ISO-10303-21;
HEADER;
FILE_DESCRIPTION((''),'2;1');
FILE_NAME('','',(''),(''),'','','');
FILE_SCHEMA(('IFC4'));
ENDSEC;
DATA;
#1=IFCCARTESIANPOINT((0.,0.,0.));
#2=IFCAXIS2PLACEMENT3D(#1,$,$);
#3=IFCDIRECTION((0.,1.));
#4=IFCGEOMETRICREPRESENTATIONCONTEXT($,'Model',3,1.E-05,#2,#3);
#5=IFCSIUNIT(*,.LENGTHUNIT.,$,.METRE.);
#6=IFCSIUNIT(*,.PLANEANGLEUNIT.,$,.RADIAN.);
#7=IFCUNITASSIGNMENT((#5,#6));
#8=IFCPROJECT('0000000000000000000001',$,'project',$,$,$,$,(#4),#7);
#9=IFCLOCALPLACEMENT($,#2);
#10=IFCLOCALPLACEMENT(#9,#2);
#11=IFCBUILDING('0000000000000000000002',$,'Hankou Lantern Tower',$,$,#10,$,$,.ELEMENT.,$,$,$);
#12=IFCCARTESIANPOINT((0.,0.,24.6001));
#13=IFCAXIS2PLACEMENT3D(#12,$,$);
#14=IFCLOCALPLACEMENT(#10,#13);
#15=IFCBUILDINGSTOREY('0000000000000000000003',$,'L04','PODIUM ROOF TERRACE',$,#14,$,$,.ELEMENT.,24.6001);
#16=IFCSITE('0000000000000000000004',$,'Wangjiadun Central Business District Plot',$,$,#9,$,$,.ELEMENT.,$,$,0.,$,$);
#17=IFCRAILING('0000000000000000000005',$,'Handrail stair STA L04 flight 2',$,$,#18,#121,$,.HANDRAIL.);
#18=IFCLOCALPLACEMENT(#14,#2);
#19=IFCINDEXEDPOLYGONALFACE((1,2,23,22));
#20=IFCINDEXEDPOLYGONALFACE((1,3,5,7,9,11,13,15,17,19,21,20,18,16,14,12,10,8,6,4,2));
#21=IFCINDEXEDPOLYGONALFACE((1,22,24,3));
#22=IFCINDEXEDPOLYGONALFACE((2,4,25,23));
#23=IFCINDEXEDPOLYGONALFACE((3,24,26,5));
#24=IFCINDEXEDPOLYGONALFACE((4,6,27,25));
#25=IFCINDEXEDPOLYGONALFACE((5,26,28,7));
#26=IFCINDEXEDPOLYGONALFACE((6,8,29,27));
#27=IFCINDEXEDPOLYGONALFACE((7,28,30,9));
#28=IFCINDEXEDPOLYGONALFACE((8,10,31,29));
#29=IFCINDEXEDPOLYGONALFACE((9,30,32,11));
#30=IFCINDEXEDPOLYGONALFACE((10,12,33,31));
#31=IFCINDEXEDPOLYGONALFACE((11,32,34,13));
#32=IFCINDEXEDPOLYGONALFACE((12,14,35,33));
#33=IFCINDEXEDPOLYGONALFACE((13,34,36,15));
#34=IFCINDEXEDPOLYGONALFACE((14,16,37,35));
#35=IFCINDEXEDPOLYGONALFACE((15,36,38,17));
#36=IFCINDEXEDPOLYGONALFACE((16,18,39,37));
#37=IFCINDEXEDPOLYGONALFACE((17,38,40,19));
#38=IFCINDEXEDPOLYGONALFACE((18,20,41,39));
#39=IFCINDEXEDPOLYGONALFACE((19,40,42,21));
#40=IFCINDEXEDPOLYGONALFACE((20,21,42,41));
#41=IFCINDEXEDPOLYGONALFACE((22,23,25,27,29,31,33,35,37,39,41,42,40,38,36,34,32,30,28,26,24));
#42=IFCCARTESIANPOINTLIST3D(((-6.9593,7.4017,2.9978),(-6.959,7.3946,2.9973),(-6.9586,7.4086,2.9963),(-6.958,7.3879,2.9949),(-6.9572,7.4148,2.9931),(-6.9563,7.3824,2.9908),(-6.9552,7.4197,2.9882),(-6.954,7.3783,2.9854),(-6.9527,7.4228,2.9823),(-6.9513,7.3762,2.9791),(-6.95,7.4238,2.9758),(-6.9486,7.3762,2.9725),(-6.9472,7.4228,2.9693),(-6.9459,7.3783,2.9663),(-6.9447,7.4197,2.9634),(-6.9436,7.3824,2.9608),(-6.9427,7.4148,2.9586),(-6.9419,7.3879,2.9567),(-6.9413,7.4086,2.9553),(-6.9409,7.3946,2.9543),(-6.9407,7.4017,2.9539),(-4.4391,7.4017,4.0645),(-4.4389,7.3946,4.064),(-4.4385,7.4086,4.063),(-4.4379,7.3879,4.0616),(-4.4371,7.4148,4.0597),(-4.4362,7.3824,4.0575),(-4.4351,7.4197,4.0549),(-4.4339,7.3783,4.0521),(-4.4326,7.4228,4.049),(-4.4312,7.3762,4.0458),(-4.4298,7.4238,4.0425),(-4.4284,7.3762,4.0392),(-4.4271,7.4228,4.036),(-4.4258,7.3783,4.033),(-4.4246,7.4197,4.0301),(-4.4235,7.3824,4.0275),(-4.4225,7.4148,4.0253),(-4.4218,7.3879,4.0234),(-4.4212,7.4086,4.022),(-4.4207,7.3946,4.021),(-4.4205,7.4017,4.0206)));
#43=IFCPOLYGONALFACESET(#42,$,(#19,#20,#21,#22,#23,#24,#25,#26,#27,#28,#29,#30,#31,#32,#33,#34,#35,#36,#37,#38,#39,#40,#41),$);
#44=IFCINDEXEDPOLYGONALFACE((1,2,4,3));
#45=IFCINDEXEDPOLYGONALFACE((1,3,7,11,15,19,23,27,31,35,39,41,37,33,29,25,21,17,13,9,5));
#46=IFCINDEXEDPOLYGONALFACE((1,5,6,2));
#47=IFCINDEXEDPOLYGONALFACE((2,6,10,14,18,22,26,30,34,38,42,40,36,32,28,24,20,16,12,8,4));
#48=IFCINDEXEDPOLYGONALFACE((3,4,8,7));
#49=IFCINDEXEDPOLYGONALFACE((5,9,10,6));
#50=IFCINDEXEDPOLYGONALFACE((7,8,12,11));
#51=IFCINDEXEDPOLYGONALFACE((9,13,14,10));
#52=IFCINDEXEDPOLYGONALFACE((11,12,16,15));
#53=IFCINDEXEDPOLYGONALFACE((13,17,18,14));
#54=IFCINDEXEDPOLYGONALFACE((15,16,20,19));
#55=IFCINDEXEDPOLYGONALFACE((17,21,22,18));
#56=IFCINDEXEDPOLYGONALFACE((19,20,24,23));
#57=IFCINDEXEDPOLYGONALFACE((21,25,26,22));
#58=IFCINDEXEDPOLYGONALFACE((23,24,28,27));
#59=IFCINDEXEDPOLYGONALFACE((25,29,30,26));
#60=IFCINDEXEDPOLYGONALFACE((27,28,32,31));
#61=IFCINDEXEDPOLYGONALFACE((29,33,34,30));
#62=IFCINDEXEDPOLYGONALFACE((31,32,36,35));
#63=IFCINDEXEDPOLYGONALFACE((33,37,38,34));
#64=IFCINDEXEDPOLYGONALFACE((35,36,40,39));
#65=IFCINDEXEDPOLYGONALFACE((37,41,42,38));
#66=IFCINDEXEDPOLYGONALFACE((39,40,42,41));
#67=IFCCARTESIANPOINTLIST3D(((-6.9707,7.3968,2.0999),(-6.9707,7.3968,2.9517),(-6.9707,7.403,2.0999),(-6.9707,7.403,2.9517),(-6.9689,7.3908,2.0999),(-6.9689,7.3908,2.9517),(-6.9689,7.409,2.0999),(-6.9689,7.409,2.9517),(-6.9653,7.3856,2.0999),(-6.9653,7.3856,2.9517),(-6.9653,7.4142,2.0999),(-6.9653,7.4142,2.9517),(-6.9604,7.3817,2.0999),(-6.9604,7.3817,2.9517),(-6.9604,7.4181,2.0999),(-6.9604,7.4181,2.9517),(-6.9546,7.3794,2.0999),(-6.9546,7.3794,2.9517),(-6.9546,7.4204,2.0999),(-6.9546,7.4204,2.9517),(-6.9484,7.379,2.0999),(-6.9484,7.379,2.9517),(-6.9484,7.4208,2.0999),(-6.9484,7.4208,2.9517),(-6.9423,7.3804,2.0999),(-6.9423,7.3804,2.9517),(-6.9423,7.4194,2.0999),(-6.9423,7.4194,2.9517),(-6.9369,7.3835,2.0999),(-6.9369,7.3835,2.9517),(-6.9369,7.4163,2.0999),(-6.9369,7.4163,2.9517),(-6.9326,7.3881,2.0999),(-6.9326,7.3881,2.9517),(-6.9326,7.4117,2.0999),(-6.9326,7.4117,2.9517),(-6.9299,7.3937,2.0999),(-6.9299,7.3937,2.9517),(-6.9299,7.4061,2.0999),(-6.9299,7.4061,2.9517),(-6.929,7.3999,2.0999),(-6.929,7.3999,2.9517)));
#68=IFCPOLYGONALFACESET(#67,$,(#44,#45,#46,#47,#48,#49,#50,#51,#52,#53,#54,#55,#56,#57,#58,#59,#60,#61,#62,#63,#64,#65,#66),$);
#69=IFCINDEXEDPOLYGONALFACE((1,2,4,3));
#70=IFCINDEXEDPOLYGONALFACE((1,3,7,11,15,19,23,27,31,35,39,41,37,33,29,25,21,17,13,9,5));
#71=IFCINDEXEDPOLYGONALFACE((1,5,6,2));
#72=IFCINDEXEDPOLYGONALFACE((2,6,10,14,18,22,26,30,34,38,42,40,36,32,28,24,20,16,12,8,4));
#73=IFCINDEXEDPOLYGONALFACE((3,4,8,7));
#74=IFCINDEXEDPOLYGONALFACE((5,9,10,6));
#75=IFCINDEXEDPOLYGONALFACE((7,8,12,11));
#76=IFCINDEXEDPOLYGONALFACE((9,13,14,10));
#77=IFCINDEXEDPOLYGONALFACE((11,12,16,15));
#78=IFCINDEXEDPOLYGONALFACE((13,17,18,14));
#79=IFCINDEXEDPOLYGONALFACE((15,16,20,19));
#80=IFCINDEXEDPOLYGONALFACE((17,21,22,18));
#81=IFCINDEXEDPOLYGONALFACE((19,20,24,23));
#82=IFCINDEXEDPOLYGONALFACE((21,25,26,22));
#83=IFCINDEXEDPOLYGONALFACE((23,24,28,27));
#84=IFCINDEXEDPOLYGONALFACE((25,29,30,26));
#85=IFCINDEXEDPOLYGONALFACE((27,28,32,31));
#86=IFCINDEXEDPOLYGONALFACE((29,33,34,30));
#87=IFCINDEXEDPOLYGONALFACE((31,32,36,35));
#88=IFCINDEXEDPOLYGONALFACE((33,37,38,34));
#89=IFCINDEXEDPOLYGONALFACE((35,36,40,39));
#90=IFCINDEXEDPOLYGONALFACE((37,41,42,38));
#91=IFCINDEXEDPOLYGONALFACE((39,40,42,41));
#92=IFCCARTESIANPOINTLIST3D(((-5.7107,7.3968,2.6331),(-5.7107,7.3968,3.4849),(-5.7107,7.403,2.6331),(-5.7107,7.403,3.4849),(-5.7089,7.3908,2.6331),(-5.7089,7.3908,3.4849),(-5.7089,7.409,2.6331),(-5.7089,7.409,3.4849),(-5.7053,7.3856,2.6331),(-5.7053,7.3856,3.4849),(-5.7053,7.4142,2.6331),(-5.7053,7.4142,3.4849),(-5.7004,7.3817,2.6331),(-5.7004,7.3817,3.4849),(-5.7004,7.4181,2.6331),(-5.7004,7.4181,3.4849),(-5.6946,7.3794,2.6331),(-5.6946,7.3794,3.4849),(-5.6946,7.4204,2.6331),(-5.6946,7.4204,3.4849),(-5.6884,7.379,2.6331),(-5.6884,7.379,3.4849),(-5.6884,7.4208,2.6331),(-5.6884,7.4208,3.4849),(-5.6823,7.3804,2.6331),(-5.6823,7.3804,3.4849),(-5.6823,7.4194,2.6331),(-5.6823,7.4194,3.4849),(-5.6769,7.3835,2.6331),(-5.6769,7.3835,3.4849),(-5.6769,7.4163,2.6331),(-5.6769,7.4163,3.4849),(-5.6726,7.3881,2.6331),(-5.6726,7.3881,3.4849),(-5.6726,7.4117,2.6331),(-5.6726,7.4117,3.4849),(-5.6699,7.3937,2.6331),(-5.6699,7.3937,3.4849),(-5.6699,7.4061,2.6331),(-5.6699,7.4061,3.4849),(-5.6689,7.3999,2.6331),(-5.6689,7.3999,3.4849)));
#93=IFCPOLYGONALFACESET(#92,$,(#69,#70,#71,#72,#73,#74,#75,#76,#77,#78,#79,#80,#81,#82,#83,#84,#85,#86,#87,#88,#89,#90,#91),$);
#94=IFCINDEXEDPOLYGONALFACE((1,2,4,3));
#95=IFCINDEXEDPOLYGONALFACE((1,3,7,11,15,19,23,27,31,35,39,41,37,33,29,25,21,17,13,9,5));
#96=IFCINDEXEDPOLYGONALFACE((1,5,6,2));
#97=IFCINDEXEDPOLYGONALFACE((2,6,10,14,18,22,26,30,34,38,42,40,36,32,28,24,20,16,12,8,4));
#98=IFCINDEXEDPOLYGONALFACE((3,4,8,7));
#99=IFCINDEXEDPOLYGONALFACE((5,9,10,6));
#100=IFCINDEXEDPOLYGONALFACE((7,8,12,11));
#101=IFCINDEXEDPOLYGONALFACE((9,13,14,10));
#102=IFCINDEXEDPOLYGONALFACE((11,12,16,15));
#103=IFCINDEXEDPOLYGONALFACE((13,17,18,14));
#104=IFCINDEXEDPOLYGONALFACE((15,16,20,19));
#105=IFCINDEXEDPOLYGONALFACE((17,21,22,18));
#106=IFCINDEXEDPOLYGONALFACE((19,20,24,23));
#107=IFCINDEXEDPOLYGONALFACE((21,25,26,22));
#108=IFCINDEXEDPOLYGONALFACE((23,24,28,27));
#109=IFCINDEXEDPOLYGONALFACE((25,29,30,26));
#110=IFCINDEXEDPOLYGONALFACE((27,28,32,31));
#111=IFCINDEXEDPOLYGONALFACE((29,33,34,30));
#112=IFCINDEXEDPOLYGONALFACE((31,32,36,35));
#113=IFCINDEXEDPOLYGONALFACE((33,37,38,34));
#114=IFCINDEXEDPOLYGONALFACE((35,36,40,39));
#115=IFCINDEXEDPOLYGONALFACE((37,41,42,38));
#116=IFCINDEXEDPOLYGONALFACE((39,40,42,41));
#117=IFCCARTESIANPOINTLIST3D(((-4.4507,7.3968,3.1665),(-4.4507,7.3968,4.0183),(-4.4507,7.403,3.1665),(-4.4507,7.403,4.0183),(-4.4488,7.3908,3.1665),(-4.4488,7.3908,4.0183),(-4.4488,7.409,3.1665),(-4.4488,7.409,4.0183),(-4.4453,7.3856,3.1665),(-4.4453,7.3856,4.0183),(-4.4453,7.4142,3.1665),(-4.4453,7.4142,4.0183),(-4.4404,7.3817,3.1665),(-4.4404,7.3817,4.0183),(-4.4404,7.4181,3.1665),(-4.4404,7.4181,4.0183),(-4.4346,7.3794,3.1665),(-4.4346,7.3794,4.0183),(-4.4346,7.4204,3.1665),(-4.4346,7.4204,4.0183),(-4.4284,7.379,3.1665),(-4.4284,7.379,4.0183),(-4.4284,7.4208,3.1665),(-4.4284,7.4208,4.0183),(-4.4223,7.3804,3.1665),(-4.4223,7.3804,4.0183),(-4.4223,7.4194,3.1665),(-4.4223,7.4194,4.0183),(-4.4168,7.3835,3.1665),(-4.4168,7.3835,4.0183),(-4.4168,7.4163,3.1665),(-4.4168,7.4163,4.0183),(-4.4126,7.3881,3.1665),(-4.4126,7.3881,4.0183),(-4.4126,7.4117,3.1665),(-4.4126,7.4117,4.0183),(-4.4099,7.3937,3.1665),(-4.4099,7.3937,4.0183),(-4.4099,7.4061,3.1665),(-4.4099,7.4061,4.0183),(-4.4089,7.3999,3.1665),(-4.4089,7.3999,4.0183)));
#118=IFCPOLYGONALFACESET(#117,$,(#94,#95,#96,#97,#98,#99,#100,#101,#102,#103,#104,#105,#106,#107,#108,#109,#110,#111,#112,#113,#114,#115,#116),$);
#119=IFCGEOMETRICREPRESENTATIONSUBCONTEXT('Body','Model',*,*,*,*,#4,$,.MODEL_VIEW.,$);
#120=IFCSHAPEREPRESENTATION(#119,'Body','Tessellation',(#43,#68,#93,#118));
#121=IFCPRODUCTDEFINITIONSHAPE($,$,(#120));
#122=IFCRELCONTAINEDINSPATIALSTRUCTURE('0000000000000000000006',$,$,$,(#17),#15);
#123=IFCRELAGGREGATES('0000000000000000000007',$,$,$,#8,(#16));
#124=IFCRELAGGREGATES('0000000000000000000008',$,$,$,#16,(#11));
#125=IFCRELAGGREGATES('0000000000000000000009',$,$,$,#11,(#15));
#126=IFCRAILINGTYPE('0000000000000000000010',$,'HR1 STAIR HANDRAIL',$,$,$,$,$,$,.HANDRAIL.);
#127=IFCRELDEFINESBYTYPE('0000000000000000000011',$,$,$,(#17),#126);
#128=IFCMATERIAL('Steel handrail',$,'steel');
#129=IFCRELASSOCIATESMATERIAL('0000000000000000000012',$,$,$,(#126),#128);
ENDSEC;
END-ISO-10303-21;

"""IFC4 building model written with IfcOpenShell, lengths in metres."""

from ifc_helpers import new_model, si_unit, direction, frame, origin, origin_2d, place, context, subcontext, project, spatial, circle, extrude, material, type_object, element, save


model = new_model("IFC4")

# Units and contexts
model_context = context("Model", 3, precision=1e-05, world=origin(), true_north=direction((0.0, 1.0)))
body_context = subcontext(model_context, "Body", "Model", "MODEL_VIEW")
ifc_project = project(units=[si_unit("LENGTHUNIT", "METRE"), si_unit("PLANEANGLEUNIT", "RADIAN")], contexts=[model_context])

# Site, building, storey
site_placement = place(None, origin())
site = spatial("IfcSite", under=ifc_project, at=site_placement, Name="Wangjiadun Central Business District Plot", CompositionType="ELEMENT", RefElevation=0.0)
building_placement = place(site_placement, origin())
building = spatial("IfcBuilding", under=site, at=building_placement, Name="Hankou Lantern Tower", CompositionType="ELEMENT")
storey_placement = place(building_placement, frame((0.0, 0.0, 24.6001)))
storey = spatial("IfcBuildingStorey", under=building, at=storey_placement, Name="L04", Description="PODIUM ROOF TERRACE", CompositionType="ELEMENT", Elevation=24.6001)

# Railing
ifc_material_1 = material(Name="Steel handrail", Category="steel")
railing_type = type_object("IfcRailingType", Name="HR1 STAIR HANDRAIL", PredefinedType="HANDRAIL", material=ifc_material_1)
railing_1_placement = place(storey_placement, frame((-6.95, 7.3999, 2.0999)))
element("IfcRailing", 1, at=railing_1_placement, inside=storey, type_object=railing_type, Name="Handrail stair STA L04 flight 2", PredefinedType="HANDRAIL", context=body_context, shape_type="SweptSolid", body=[
    extrude(circle(Radius=0.0239, at=origin_2d()), frame((0.0, 0.0, 0.876), z_axis=(0.920903, 0.0, 0.389791), x_axis=(0.0, 1.0, 0.0)), (0.0, 0.0, 1.0), 2.7366),
    extrude(circle(Radius=0.021, at=origin_2d()), origin(), (0.0, 0.0, 1.0), 0.8518),
    extrude(circle(Radius=0.021, at=origin_2d()), frame((1.26, 0.0, 0.5332)), (0.0, 0.0, 1.0), 0.8518),
    extrude(circle(Radius=0.021, at=origin_2d()), frame((2.52, 0.0, 1.0667)), (0.0, 0.0, 1.0), 0.8518),
])

save(model, "model.ifc")
